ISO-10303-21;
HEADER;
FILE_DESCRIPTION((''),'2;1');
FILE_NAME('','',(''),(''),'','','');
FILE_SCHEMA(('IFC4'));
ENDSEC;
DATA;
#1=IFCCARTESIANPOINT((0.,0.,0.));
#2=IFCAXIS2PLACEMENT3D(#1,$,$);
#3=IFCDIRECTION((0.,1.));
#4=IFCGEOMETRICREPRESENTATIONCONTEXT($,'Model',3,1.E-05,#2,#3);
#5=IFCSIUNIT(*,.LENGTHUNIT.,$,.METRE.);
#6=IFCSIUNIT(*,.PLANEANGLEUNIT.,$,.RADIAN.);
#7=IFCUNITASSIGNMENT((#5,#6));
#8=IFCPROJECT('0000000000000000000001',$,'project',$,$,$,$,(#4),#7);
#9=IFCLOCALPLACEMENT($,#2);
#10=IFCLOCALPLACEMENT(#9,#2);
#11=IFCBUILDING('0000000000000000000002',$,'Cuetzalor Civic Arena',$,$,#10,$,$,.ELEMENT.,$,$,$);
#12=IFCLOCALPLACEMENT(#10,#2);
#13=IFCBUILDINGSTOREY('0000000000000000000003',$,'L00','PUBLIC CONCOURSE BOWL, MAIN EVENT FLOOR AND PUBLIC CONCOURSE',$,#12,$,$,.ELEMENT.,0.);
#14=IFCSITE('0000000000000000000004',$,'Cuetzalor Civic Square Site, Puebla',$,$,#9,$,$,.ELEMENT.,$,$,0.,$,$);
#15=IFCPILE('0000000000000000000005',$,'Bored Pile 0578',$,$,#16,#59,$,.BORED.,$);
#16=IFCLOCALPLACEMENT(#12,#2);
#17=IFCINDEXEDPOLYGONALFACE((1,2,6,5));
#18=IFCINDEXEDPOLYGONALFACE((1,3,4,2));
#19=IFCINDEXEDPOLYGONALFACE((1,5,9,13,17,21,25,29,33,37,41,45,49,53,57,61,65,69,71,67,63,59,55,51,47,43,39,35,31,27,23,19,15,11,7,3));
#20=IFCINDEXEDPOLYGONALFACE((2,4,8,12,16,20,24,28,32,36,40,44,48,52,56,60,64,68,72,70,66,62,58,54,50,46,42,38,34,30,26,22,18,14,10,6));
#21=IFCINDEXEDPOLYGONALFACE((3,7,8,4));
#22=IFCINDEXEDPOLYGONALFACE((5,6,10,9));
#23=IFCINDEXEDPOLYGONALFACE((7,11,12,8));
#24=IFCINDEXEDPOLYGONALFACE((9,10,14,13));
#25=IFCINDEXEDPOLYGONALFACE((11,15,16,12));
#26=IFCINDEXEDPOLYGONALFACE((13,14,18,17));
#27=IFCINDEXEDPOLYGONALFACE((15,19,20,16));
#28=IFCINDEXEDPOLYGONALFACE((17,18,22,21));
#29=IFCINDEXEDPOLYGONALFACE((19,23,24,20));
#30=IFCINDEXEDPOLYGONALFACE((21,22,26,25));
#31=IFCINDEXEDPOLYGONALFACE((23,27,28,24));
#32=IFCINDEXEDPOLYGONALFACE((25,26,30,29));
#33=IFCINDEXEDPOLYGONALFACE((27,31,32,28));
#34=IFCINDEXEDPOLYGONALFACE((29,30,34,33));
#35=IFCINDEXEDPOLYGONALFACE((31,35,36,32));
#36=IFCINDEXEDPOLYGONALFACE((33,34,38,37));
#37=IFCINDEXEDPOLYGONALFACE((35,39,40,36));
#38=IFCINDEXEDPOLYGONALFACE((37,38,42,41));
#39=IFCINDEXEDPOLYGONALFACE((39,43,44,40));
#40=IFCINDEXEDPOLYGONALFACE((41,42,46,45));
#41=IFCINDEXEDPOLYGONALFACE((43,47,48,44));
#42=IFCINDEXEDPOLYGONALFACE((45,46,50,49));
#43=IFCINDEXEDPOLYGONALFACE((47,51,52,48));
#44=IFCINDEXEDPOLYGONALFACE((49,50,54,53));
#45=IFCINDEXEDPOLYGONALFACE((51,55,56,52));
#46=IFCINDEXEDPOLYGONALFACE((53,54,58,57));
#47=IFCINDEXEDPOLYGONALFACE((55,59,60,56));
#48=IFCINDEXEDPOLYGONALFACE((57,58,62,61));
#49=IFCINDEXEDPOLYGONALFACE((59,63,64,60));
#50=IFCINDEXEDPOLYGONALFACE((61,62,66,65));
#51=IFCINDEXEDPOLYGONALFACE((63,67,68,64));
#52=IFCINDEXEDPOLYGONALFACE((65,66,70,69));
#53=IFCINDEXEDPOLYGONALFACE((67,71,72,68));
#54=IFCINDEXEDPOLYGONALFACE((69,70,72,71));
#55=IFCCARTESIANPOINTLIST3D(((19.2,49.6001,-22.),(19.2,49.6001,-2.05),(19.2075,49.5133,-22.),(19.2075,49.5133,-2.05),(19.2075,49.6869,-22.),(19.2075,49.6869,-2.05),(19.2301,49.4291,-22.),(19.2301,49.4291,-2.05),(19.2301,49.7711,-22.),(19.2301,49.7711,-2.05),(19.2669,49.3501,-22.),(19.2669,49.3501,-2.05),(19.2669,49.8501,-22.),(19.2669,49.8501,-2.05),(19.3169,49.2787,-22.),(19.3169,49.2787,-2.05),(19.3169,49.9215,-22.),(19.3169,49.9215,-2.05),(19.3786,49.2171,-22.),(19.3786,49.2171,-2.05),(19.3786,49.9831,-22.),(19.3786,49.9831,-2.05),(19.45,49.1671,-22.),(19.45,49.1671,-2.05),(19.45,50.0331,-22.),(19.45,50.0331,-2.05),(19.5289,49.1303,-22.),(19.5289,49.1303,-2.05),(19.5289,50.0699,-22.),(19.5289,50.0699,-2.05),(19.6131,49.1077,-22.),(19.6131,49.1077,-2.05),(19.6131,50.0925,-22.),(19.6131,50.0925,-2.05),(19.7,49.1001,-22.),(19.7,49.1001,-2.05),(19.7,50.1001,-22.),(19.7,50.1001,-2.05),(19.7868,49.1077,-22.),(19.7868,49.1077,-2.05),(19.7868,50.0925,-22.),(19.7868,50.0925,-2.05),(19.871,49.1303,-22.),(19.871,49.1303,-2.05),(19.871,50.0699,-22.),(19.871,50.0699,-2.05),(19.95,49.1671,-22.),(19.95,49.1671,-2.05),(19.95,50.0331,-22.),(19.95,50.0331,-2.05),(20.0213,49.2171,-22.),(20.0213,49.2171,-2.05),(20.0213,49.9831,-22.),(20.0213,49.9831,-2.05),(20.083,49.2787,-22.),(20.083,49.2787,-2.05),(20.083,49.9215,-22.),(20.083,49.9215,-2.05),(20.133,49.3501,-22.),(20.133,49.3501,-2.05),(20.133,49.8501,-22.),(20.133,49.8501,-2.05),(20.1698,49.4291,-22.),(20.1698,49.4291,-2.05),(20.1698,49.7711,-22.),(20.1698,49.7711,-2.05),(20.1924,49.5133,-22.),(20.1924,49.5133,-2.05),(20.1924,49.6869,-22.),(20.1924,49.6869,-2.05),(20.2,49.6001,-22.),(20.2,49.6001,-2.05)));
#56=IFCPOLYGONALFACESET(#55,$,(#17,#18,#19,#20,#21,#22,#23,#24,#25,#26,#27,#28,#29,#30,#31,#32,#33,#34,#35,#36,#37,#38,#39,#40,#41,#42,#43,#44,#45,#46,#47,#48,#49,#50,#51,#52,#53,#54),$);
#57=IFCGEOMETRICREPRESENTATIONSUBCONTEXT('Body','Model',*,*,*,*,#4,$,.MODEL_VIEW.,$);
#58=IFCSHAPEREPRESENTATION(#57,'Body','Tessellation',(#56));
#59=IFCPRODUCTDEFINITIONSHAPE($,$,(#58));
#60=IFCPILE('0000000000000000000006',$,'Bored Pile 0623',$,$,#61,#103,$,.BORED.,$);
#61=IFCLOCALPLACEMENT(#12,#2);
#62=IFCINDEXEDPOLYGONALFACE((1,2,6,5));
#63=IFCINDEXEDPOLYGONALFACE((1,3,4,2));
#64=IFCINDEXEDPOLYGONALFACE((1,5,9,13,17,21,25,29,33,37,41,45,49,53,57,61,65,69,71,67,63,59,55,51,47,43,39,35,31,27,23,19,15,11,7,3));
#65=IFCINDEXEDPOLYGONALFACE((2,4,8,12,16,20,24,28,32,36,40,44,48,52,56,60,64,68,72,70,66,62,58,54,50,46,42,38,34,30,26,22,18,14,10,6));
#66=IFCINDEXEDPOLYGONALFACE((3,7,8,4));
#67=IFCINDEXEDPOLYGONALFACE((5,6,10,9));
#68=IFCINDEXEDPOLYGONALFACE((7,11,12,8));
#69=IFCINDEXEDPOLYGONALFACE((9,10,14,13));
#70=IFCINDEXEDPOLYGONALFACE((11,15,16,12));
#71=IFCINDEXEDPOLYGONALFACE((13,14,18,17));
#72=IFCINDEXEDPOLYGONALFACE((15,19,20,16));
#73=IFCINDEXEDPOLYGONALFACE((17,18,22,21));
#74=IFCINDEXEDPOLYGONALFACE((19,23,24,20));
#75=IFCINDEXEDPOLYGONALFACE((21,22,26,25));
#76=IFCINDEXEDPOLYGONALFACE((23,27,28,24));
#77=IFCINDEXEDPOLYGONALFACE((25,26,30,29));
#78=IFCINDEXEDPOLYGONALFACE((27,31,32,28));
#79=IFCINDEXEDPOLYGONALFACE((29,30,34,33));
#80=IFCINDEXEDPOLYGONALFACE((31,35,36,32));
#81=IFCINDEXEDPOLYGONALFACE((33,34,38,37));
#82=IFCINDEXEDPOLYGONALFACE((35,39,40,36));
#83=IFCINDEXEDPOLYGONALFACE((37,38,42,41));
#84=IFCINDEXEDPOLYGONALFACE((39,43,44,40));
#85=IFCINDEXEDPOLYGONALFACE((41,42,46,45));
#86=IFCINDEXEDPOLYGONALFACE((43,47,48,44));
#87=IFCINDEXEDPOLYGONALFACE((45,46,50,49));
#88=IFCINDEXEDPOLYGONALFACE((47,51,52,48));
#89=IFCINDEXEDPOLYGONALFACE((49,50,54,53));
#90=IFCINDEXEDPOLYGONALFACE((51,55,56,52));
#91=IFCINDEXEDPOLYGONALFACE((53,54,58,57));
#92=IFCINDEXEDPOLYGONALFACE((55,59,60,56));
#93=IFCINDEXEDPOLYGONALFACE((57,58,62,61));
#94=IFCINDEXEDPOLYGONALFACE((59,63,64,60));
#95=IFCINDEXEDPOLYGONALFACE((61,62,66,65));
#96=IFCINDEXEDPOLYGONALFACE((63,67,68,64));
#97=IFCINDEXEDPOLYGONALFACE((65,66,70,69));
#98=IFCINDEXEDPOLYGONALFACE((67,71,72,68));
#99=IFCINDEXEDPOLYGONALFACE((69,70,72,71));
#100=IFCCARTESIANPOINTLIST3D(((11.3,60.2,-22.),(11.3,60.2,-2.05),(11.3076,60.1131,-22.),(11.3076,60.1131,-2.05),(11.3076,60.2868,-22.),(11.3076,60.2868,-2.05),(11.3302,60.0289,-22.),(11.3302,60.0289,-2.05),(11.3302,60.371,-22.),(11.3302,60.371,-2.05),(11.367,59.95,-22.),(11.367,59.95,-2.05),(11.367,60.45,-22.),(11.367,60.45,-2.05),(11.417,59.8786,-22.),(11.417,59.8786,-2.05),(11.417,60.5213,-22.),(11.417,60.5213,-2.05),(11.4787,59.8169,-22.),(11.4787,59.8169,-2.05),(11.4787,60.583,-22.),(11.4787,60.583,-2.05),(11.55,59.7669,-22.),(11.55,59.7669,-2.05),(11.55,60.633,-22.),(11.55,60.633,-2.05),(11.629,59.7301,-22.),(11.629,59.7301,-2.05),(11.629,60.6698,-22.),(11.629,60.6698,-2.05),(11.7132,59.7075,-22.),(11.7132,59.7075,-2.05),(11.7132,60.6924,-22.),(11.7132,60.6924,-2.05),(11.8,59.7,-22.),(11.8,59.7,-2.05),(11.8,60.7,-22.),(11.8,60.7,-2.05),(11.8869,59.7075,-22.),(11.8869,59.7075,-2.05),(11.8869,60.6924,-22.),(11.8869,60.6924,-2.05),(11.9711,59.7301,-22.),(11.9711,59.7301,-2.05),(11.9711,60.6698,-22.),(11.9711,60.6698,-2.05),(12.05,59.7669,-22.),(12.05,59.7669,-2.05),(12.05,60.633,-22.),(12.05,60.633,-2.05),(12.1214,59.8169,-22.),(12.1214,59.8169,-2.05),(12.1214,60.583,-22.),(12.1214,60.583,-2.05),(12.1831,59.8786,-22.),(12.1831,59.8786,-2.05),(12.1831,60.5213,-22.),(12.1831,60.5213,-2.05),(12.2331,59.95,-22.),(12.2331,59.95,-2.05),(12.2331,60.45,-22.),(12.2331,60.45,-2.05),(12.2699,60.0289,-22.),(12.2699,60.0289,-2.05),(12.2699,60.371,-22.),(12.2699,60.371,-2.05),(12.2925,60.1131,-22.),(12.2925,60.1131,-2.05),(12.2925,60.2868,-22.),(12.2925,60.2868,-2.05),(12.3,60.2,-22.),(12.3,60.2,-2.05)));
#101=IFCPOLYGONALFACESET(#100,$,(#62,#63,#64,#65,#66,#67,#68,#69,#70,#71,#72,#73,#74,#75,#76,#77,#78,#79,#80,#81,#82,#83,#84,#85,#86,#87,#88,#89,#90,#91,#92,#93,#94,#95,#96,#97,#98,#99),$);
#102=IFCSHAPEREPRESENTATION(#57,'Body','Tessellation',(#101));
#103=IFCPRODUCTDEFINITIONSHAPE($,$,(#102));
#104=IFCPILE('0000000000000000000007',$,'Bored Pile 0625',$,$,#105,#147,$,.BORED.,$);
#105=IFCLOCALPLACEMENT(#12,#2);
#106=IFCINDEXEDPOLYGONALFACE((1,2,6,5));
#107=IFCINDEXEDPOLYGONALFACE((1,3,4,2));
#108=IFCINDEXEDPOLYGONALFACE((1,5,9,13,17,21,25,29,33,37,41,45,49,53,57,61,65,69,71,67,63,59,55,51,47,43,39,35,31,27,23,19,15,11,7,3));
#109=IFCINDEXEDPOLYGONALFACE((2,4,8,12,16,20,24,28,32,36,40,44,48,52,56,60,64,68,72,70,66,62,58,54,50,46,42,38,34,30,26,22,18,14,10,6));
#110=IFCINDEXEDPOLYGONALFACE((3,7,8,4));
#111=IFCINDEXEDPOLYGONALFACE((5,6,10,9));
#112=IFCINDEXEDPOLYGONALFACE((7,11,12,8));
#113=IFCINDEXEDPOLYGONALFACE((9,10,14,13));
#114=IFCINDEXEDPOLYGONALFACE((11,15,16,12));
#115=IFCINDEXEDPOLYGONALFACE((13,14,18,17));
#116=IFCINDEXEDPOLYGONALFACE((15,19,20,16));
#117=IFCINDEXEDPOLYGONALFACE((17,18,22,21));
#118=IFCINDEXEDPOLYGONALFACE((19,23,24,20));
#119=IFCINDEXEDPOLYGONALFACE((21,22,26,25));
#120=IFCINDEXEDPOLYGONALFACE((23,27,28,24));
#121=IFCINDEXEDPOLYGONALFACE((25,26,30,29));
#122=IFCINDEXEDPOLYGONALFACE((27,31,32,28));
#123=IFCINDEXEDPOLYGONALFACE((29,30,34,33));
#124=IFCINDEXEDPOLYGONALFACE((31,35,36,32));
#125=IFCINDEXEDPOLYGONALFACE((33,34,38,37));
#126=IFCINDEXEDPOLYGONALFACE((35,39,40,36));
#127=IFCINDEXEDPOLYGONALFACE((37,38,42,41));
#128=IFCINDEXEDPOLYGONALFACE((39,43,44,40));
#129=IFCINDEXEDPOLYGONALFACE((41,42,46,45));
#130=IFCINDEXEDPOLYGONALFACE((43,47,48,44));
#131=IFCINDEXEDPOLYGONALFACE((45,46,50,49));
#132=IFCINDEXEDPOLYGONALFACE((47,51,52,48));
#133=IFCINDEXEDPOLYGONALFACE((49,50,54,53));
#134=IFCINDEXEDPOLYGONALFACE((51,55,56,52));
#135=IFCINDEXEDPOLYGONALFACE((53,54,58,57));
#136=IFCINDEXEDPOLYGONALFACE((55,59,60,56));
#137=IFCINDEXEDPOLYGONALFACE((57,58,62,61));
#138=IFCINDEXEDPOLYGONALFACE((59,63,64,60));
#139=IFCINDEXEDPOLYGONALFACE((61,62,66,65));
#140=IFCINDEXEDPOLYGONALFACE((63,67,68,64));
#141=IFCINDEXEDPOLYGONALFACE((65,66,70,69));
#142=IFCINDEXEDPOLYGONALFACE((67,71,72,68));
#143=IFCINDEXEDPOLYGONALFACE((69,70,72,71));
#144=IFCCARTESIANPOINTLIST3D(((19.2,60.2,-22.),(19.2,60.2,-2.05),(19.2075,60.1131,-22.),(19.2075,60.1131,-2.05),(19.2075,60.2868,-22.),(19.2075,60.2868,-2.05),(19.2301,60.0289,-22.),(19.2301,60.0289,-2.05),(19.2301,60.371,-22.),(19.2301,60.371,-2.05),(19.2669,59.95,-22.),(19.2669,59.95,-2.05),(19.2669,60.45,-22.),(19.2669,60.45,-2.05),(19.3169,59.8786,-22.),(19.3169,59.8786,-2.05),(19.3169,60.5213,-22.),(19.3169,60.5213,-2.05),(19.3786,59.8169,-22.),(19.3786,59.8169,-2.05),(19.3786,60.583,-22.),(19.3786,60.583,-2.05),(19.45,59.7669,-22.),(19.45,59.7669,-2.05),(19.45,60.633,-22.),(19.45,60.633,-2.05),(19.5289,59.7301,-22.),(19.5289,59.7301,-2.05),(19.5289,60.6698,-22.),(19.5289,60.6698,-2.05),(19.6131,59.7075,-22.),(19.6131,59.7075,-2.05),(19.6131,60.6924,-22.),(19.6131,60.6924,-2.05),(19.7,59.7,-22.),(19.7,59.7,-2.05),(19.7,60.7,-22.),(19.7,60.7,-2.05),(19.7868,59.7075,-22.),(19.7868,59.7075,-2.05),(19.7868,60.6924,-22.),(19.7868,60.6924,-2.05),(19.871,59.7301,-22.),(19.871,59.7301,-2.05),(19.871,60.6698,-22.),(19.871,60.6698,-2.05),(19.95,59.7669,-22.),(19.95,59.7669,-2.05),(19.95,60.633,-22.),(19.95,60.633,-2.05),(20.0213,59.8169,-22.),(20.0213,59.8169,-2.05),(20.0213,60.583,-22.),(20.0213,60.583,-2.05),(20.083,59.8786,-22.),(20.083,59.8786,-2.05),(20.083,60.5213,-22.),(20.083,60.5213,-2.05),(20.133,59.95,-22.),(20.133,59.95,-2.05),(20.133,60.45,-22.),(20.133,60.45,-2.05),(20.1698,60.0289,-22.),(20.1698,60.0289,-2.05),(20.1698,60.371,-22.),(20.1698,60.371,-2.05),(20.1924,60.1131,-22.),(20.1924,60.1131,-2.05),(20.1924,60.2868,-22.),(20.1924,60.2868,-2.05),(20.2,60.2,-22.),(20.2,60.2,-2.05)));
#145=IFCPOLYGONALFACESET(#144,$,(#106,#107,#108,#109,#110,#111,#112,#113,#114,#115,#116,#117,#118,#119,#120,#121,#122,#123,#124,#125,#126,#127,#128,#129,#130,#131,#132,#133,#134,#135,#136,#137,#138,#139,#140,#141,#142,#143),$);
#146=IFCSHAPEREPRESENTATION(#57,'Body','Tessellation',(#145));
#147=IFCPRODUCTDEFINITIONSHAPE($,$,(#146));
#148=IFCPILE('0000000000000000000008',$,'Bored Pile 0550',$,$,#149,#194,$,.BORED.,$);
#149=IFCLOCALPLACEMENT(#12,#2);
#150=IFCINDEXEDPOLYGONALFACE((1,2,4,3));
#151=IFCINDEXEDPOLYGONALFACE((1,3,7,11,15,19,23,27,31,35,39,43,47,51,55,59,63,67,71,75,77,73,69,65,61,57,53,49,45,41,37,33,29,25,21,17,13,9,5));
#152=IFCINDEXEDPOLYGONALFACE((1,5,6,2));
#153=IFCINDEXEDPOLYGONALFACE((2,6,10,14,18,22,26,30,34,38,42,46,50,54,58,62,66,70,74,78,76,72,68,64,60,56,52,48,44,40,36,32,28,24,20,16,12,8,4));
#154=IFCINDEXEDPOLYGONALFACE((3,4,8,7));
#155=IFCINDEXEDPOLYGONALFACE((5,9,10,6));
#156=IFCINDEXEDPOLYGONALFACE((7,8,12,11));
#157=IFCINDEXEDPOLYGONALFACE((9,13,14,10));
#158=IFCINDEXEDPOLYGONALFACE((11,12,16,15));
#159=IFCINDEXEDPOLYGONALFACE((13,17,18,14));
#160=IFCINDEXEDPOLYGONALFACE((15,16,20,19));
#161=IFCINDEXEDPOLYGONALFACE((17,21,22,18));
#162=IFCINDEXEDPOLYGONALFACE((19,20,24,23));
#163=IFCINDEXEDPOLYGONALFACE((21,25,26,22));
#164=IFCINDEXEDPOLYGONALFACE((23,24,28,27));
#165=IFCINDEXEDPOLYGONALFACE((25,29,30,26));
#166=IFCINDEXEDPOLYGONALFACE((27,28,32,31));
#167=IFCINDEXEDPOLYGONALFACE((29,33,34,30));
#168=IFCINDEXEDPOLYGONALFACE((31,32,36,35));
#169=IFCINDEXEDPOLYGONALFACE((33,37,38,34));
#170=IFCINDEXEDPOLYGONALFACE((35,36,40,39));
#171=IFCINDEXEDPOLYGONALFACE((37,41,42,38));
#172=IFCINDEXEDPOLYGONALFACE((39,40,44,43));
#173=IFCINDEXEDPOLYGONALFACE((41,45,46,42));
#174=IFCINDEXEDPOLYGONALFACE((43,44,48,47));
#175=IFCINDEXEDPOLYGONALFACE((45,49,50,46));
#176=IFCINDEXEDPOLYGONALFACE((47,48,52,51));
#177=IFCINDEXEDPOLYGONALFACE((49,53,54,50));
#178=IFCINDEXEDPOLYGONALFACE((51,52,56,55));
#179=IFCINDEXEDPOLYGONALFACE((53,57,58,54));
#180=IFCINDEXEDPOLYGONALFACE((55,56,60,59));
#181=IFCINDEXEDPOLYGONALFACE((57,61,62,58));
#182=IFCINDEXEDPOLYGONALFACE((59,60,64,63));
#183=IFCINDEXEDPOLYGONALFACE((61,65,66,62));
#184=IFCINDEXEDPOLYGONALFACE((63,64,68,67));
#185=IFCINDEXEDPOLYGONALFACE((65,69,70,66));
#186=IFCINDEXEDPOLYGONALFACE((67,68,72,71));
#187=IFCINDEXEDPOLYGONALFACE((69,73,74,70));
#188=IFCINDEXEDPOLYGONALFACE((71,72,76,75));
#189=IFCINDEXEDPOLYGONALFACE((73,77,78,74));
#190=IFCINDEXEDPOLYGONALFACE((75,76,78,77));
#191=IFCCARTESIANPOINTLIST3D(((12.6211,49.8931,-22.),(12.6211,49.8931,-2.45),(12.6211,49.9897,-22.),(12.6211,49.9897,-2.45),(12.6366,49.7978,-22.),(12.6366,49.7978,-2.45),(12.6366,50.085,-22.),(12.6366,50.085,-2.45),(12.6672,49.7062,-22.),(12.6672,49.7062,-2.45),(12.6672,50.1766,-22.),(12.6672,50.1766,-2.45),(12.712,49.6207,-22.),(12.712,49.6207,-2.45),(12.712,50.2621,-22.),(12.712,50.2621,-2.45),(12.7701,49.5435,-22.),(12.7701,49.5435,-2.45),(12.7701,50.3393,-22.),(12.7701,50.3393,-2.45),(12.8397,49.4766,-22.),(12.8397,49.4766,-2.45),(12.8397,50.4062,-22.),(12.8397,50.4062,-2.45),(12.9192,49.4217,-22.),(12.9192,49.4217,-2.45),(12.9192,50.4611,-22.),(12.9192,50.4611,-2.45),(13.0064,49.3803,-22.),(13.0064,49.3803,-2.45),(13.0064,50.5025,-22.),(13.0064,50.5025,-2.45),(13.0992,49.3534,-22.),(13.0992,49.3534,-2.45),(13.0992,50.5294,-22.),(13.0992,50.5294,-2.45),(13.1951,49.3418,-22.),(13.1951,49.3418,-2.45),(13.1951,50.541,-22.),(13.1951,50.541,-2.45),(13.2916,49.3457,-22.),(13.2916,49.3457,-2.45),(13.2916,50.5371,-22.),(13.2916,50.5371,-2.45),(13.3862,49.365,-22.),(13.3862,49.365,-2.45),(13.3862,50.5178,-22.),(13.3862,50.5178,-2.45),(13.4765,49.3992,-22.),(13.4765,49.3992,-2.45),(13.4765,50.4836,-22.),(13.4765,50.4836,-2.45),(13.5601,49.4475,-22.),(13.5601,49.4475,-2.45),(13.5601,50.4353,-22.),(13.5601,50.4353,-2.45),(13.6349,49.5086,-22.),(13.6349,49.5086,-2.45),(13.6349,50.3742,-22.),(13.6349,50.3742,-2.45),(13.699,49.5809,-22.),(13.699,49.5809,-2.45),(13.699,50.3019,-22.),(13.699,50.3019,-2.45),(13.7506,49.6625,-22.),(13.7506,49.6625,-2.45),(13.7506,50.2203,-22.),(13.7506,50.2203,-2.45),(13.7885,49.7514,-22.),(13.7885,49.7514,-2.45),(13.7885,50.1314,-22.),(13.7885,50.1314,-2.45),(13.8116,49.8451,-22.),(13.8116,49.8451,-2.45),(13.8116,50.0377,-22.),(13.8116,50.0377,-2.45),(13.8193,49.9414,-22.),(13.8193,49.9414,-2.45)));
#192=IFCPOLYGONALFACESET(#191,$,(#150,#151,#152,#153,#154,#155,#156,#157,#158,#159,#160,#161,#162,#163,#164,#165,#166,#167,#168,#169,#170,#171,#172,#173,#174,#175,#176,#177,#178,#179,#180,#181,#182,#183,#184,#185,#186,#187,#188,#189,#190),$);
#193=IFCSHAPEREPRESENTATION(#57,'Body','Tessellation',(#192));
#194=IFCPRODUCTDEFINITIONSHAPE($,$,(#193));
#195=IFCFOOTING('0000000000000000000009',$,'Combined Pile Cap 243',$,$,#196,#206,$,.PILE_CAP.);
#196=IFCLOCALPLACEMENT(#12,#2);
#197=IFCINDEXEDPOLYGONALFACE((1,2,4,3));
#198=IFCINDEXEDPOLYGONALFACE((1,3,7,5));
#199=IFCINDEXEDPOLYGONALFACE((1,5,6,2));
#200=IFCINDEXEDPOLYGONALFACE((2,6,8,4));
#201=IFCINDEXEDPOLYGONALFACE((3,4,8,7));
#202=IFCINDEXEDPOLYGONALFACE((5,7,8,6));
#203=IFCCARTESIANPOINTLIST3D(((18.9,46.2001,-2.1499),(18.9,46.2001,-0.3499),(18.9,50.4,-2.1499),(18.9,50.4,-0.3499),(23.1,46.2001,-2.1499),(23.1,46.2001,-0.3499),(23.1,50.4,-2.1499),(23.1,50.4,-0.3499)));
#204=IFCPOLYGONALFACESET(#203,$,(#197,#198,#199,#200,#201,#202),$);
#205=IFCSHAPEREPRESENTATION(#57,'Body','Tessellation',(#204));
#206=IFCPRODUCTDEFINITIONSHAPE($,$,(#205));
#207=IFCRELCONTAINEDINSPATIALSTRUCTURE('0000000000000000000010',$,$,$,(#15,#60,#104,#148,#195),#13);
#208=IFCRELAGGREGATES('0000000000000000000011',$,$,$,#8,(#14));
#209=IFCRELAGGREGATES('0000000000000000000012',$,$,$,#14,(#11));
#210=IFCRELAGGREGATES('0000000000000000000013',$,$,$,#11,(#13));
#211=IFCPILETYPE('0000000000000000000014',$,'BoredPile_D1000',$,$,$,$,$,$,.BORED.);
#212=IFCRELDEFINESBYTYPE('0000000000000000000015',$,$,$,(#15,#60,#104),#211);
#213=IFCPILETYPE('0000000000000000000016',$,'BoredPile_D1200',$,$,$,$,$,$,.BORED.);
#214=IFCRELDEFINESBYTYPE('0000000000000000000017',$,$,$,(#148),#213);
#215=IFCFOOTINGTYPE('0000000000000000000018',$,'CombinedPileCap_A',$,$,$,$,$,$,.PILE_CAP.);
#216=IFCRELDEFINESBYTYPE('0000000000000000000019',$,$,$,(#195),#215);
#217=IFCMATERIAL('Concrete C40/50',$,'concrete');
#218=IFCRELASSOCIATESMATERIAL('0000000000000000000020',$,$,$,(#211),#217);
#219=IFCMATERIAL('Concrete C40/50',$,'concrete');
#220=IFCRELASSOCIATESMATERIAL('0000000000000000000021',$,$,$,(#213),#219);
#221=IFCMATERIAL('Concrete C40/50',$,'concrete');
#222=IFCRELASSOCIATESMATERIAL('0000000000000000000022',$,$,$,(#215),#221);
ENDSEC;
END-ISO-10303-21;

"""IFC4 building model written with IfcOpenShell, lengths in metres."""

from ifc_helpers import new_model, si_unit, direction, frame, origin, origin_2d, place, context, subcontext, project, spatial, rectangle, circle, extrude, material, material_profile, profile_set, type_object, element, save


model = new_model("IFC4")

# Units and contexts
model_context = context("Model", 3, precision=1e-05, world=origin(), true_north=direction((0.0, 1.0)))
body_context = subcontext(model_context, "Body", "Model", "MODEL_VIEW")
ifc_project = project(units=[si_unit("LENGTHUNIT", "METRE"), si_unit("PLANEANGLEUNIT", "RADIAN")], contexts=[model_context])

# Site, building, storey
site_placement = place(None, origin())
site = spatial("IfcSite", under=ifc_project, at=site_placement, Name="Cuetzalor Civic Square Site, Puebla", CompositionType="ELEMENT", RefElevation=0.0)
building_placement = place(site_placement, origin())
building = spatial("IfcBuilding", under=site, at=building_placement, Name="Cuetzalor Civic Arena", CompositionType="ELEMENT")
storey_placement = place(building_placement, origin())
storey = spatial("IfcBuildingStorey", under=building, at=storey_placement, Name="L00", Description="PUBLIC CONCOURSE BOWL, MAIN EVENT FLOOR AND PUBLIC CONCOURSE", CompositionType="ELEMENT", Elevation=0.0)

# Piles
ifc_material_1 = material(Name="Concrete C40/50", Category="concrete")
ifc_material_profile_1 = material_profile(ifc_material_1, circle(Radius=0.5, at=origin_2d()), Name="BORED PILE D1000")
ifc_profile_set_1 = profile_set([ifc_material_profile_1], Name="Concrete C40/50")
pile_type_1 = type_object("IfcPileType", Name="BoredPile_D1000", PredefinedType="BORED", material=ifc_profile_set_1)
for number, where, z_axis, x_axis, name in (
    (1, (19.7, 49.6001, -2.05), (0.0, 0.0, -1.0), (1.0, 0.0, 0.0), "Bored Pile 0578"),
    (2, (11.8, 60.2, -2.05), (0.0, 0.0, -1.0), (1.0, 0.0, 0.0), "Bored Pile 0623"),
    (3, (19.7, 60.2, -2.05), (0.0, 0.0, -1.0), (1.0, 0.0, 0.0), "Bored Pile 0625"),
):
    element("IfcPile", number, at=place(storey_placement, frame(where, z_axis=z_axis, x_axis=x_axis)), inside=storey, type_object=pile_type_1, Name=name, PredefinedType="BORED", context=body_context, shape_type="SweptSolid", body=[
        extrude(circle(Radius=0.5, at=origin_2d()), origin(), (0.0, 0.0, 1.0), 19.95),
    ])
ifc_material_2 = material(Name="Concrete C40/50", Category="concrete")
ifc_material_profile_2 = material_profile(ifc_material_2, circle(Radius=0.6001, at=origin_2d()), Name="BORED PILE D1200")
ifc_profile_set_2 = profile_set([ifc_material_profile_2], Name="Concrete C40/50")
pile_type_2 = type_object("IfcPileType", Name="BoredPile_D1200", PredefinedType="BORED", material=ifc_profile_set_2)
pile_placement = place(storey_placement, frame((13.2192, 49.9414, -2.45), z_axis=(0.0, 0.0, -1.0), x_axis=(1.0, 0.0, 0.0)))
element("IfcPile", 4, at=pile_placement, inside=storey, type_object=pile_type_2, Name="Bored Pile 0550", PredefinedType="BORED", context=body_context, shape_type="SweptSolid", body=[
    extrude(circle(Radius=0.6001, at=origin_2d()), origin(), (0.0, 0.0, 1.0), 19.55),
])

# Footing
ifc_material_3 = material(Name="Concrete C40/50", Category="concrete")
footing_type_1 = type_object("IfcFootingType", Name="CombinedPileCap_A", PredefinedType="PILE_CAP", material=ifc_material_3)
for number, where, z_axis, x_axis, name in (
    (5, (21.0, 48.3, -2.1499), (0.0, 0.0, 1.0), (1.0, 0.0, 0.0), "Combined Pile Cap 243"),
):
    element("IfcFooting", number, at=place(storey_placement, frame(where, z_axis=z_axis, x_axis=x_axis)), inside=storey, type_object=footing_type_1, Name=name, PredefinedType="PILE_CAP", context=body_context, shape_type="SweptSolid", body=[
        extrude(rectangle(XDim=4.2, YDim=4.2, at=origin_2d()), origin(), (0.0, 0.0, 1.0), 1.8),
    ])

save(model, "model.ifc")
